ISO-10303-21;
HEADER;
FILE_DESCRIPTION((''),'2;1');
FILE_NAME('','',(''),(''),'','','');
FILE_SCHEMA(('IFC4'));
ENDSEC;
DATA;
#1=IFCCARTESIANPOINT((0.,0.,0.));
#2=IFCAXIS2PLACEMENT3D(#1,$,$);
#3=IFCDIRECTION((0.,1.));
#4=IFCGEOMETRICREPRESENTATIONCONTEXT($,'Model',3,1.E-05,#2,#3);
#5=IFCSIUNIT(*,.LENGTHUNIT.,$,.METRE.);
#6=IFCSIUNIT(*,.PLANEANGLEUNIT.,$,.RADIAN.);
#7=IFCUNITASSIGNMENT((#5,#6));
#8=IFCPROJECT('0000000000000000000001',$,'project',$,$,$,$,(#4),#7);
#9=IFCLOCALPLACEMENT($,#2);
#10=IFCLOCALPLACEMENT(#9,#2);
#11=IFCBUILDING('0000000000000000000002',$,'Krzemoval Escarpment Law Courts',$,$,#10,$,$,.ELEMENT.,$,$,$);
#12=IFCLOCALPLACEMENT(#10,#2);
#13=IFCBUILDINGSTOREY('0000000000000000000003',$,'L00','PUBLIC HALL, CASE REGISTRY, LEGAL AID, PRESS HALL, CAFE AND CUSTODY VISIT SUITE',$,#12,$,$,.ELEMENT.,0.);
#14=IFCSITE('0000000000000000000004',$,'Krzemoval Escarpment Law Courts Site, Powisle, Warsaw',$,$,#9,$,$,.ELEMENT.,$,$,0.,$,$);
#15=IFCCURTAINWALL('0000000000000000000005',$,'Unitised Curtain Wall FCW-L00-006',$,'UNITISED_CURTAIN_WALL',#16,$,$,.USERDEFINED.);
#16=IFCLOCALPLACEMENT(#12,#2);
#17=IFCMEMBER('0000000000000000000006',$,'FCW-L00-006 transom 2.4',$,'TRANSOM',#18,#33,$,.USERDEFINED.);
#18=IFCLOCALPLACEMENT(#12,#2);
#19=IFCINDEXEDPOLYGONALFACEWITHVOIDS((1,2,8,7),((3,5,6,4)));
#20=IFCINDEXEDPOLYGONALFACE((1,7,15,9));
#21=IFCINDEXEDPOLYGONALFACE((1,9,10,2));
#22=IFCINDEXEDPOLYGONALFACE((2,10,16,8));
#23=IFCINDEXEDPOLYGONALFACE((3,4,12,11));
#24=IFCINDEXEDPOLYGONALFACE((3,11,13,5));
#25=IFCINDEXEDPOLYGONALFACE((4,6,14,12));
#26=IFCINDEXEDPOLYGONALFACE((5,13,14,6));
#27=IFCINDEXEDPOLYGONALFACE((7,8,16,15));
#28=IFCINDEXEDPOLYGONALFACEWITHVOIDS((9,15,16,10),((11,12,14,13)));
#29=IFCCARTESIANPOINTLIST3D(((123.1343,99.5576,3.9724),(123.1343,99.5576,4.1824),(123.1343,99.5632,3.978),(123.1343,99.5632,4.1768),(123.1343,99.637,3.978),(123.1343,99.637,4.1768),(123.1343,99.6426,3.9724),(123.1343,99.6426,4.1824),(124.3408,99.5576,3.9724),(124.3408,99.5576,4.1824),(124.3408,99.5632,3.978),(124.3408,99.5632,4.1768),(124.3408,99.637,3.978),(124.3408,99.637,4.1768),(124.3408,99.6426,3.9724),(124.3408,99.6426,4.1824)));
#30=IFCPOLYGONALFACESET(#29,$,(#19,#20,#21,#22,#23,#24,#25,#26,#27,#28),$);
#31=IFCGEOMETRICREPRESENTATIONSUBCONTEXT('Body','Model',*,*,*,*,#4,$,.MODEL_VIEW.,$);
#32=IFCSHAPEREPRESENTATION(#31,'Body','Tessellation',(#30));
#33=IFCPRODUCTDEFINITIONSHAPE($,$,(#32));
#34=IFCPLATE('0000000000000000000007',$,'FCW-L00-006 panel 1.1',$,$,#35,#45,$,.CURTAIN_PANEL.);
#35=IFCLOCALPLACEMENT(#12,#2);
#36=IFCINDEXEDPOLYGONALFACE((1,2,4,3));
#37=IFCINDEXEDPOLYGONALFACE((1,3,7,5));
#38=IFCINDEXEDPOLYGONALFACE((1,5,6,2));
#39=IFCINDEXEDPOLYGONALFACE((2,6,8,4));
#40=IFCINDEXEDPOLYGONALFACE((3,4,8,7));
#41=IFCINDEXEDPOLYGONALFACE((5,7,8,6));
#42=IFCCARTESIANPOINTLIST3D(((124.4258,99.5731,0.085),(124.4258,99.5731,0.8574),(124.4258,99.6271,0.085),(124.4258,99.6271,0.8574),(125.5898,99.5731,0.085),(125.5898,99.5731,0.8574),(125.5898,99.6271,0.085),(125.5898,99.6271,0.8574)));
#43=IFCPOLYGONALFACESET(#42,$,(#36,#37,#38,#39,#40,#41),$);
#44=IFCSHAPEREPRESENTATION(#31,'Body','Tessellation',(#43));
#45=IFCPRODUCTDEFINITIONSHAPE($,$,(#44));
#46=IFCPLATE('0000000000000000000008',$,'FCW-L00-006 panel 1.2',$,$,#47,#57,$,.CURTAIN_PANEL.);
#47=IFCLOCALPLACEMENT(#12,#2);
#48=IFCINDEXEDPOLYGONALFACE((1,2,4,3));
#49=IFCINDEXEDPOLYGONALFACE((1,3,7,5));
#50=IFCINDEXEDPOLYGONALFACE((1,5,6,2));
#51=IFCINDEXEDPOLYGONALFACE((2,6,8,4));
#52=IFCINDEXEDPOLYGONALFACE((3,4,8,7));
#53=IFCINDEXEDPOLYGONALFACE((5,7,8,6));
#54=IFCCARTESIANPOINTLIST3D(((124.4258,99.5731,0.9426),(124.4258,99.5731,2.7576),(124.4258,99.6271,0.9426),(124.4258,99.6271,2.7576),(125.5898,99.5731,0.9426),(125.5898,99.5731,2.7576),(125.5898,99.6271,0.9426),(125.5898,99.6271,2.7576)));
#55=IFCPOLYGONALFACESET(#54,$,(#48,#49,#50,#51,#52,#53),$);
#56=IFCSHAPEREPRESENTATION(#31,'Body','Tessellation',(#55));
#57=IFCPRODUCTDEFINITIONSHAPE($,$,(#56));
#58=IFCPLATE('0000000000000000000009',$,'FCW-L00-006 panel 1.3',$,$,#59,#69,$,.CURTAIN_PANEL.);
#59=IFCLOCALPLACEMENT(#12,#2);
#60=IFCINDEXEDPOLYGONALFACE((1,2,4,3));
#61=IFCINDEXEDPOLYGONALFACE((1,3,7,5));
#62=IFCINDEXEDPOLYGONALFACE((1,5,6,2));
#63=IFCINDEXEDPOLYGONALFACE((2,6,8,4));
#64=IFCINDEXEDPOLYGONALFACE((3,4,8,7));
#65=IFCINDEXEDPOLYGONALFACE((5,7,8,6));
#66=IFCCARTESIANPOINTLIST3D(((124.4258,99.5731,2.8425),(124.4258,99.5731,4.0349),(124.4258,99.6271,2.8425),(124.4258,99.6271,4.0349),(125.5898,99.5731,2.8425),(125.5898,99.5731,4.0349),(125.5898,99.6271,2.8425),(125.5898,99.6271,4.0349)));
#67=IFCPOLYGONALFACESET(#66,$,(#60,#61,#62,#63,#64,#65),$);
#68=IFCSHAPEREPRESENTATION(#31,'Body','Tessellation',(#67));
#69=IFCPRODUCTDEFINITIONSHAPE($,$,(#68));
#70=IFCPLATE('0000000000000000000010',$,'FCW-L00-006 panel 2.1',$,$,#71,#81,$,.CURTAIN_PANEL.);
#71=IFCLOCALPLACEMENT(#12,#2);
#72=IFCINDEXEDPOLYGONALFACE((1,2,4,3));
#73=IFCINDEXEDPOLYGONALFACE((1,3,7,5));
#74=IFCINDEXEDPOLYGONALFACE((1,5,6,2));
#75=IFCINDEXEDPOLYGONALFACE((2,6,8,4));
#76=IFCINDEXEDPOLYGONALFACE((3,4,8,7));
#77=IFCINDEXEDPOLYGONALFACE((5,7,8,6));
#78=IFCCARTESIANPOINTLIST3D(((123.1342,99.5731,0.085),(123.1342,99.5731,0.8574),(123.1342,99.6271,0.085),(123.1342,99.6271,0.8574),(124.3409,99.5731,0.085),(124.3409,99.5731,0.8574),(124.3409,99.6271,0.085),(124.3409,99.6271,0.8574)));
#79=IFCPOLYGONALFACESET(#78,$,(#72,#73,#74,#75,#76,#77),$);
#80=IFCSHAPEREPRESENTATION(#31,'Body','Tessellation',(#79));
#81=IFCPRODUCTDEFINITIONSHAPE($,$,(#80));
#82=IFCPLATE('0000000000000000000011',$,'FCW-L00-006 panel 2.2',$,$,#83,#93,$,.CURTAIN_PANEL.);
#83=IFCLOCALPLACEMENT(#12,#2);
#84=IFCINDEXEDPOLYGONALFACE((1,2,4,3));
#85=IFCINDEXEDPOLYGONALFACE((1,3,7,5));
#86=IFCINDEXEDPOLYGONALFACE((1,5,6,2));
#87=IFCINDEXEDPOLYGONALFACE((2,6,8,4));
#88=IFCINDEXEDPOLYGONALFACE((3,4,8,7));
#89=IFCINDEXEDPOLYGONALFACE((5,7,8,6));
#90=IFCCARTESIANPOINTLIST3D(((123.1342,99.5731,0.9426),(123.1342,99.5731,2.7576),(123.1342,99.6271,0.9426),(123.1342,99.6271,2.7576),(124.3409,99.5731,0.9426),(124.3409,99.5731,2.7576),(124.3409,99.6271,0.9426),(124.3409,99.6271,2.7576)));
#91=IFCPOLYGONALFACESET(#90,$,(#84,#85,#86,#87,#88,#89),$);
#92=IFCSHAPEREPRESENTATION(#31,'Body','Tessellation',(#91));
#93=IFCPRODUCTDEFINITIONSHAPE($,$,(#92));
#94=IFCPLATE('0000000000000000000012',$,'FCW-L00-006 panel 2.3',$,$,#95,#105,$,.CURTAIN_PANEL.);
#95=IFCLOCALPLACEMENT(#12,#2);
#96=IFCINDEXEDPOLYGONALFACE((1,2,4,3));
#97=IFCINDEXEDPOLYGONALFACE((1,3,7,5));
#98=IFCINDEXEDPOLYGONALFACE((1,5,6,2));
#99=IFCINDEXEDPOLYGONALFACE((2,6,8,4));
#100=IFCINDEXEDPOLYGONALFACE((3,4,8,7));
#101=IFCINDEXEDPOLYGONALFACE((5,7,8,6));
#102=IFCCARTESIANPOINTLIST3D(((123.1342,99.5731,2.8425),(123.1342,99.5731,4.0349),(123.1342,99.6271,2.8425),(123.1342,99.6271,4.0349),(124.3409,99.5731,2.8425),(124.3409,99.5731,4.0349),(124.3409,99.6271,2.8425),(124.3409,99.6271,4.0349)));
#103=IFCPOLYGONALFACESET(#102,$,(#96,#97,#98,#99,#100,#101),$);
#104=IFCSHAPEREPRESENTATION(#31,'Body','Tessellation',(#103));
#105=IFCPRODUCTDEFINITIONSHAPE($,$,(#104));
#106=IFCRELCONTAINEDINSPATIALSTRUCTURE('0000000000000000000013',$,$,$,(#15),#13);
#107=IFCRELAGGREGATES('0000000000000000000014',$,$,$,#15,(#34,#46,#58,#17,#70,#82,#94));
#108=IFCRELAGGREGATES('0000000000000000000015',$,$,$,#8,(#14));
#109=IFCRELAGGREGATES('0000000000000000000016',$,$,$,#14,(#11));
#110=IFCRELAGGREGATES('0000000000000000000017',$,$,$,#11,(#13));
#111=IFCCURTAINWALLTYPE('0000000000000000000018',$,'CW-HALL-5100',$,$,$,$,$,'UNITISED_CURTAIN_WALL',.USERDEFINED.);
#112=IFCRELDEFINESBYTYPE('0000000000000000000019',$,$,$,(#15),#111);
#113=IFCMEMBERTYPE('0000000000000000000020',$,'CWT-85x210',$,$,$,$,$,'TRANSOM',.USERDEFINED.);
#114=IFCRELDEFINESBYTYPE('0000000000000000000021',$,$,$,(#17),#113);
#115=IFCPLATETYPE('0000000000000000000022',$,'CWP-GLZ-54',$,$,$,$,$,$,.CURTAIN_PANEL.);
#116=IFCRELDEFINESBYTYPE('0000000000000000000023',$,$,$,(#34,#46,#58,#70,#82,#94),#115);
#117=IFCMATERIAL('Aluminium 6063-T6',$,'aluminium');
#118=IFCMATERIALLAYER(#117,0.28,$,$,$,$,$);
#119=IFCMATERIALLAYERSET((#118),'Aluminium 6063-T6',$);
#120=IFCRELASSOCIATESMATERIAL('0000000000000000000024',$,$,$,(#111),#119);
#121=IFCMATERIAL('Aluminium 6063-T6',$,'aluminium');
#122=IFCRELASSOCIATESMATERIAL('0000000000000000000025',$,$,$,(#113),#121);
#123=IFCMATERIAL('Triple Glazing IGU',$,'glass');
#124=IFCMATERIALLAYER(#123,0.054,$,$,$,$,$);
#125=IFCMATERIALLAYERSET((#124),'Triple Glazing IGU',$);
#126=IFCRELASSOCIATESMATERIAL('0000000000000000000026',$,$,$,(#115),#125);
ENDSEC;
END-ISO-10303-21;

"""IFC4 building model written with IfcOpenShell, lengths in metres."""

from ifc_helpers import new_model, si_unit, direction, frame, origin, origin_2d, place, context, subcontext, project, spatial, rectangle, hollow_rectangle, extrude, material, layer, layer_set, material_profile, profile_set, type_object, element, aggregate, save


model = new_model("IFC4")

# Units and contexts
model_context = context("Model", 3, precision=1e-05, world=origin(), true_north=direction((0.0, 1.0)))
body_context = subcontext(model_context, "Body", "Model", "MODEL_VIEW")
ifc_project = project(units=[si_unit("LENGTHUNIT", "METRE"), si_unit("PLANEANGLEUNIT", "RADIAN")], contexts=[model_context])

# Site, building, storey
site_placement = place(None, origin())
site = spatial("IfcSite", under=ifc_project, at=site_placement, Name="Krzemoval Escarpment Law Courts Site, Powisle, Warsaw", CompositionType="ELEMENT", RefElevation=0.0)
building_placement = place(site_placement, origin())
building = spatial("IfcBuilding", under=site, at=building_placement, Name="Krzemoval Escarpment Law Courts", CompositionType="ELEMENT")
storey_placement = place(building_placement, origin())
storey = spatial("IfcBuildingStorey", under=building, at=storey_placement, Name="L00", Description="PUBLIC HALL, CASE REGISTRY, LEGAL AID, PRESS HALL, CAFE AND CUSTODY VISIT SUITE", CompositionType="ELEMENT", Elevation=0.0)

# Curtain wall, member, plates
ifc_material_1 = material(Name="Aluminium 6063-T6", Category="aluminium")
ifc_layer_1 = layer(ifc_material_1, 0.28)
ifc_layer_set_1 = layer_set([ifc_layer_1], Name="Aluminium 6063-T6")
curtain_wall_type = type_object("IfcCurtainWallType", Name="CW-HALL-5100", ElementType="UNITISED_CURTAIN_WALL", PredefinedType="USERDEFINED", material=ifc_layer_set_1)
curtain_wall_placement = place(storey_placement, origin())
curtain_wall = element("IfcCurtainWall", 1, at=curtain_wall_placement, inside=storey, type_object=curtain_wall_type, Name="Unitised Curtain Wall FCW-L00-006", ObjectType="UNITISED_CURTAIN_WALL", PredefinedType="USERDEFINED")
ifc_material_2 = material(Name="Aluminium 6063-T6", Category="aluminium")
ifc_material_profile_1 = material_profile(ifc_material_2, hollow_rectangle(XDim=0.085, YDim=0.21, WallThickness=0.0056, at=origin_2d()), Name="ALU T85x210")
ifc_profile_set_1 = profile_set([ifc_material_profile_1], Name="Aluminium 6063-T6")
member_type_1 = type_object("IfcMemberType", Name="CWT-85x210", ElementType="TRANSOM", PredefinedType="USERDEFINED", material=ifc_profile_set_1)
member_1_placement = place(storey_placement, frame((124.3408, 99.6001, 4.0774), z_axis=(-1.0, 0.0, 0.0), x_axis=(0.0, -1.0, 0.0)))
member_1 = element("IfcMember", 2, at=member_1_placement, type_object=member_type_1, Name="FCW-L00-006 transom 2.4", ObjectType="TRANSOM", PredefinedType="USERDEFINED", context=body_context, shape_type="SweptSolid", body=[
    extrude(hollow_rectangle(XDim=0.085, YDim=0.21, WallThickness=0.0056, at=origin_2d()), origin(), (0.0, 0.0, 1.0), 1.2065),
])
ifc_material_3 = material(Name="Triple Glazing IGU", Category="glass")
ifc_layer_2 = layer(ifc_material_3, 0.054)
ifc_layer_set_2 = layer_set([ifc_layer_2], Name="Triple Glazing IGU")
plate_type = type_object("IfcPlateType", Name="CWP-GLZ-54", PredefinedType="CURTAIN_PANEL", material=ifc_layer_set_2)
plate_1_placement = place(storey_placement, frame((125.0078, 99.6001, 0.085), z_axis=(0.0, 0.0, 1.0), x_axis=(-1.0, 0.0, 0.0)))
plate_1 = element("IfcPlate", 3, at=plate_1_placement, type_object=plate_type, Name="FCW-L00-006 panel 1.1", PredefinedType="CURTAIN_PANEL", context=body_context, shape_type="SweptSolid", body=[
    extrude(rectangle(XDim=1.1641, YDim=0.054, at=origin_2d()), origin(), (0.0, 0.0, 1.0), 0.7725),
])
plate_2_placement = place(storey_placement, frame((125.0078, 99.6001, 0.9426), z_axis=(0.0, 0.0, 1.0), x_axis=(-1.0, 0.0, 0.0)))
plate_2 = element("IfcPlate", 4, at=plate_2_placement, type_object=plate_type, Name="FCW-L00-006 panel 1.2", PredefinedType="CURTAIN_PANEL", context=body_context, shape_type="SweptSolid", body=[
    extrude(rectangle(XDim=1.1641, YDim=0.054, at=origin_2d()), origin(), (0.0, 0.0, 1.0), 1.8149),
])
plate_3_placement = place(storey_placement, frame((125.0078, 99.6001, 2.8425), z_axis=(0.0, 0.0, 1.0), x_axis=(-1.0, 0.0, 0.0)))
plate_3 = element("IfcPlate", 5, at=plate_3_placement, type_object=plate_type, Name="FCW-L00-006 panel 1.3", PredefinedType="CURTAIN_PANEL", context=body_context, shape_type="SweptSolid", body=[
    extrude(rectangle(XDim=1.1641, YDim=0.054, at=origin_2d()), origin(), (0.0, 0.0, 1.0), 1.1924),
])
plate_4_placement = place(storey_placement, frame((123.7375, 99.6001, 0.085), z_axis=(0.0, 0.0, 1.0), x_axis=(-1.0, 0.0, 0.0)))
plate_4 = element("IfcPlate", 6, at=plate_4_placement, type_object=plate_type, Name="FCW-L00-006 panel 2.1", PredefinedType="CURTAIN_PANEL", context=body_context, shape_type="SweptSolid", body=[
    extrude(rectangle(XDim=1.2068, YDim=0.054, at=origin_2d()), origin(), (0.0, 0.0, 1.0), 0.7725),
])
plate_5_placement = place(storey_placement, frame((123.7375, 99.6001, 0.9426), z_axis=(0.0, 0.0, 1.0), x_axis=(-1.0, 0.0, 0.0)))
plate_5 = element("IfcPlate", 7, at=plate_5_placement, type_object=plate_type, Name="FCW-L00-006 panel 2.2", PredefinedType="CURTAIN_PANEL", context=body_context, shape_type="SweptSolid", body=[
    extrude(rectangle(XDim=1.2068, YDim=0.054, at=origin_2d()), origin(), (0.0, 0.0, 1.0), 1.8149),
])
plate_6_placement = place(storey_placement, frame((123.7375, 99.6001, 2.8425), z_axis=(0.0, 0.0, 1.0), x_axis=(-1.0, 0.0, 0.0)))
plate_6 = element("IfcPlate", 8, at=plate_6_placement, type_object=plate_type, Name="FCW-L00-006 panel 2.3", PredefinedType="CURTAIN_PANEL", context=body_context, shape_type="SweptSolid", body=[
    extrude(rectangle(XDim=1.2068, YDim=0.054, at=origin_2d()), origin(), (0.0, 0.0, 1.0), 1.1924),
])
aggregate(curtain_wall, [plate_1, plate_2, plate_3, member_1, plate_4, plate_5, plate_6])

save(model, "model.ifc")
